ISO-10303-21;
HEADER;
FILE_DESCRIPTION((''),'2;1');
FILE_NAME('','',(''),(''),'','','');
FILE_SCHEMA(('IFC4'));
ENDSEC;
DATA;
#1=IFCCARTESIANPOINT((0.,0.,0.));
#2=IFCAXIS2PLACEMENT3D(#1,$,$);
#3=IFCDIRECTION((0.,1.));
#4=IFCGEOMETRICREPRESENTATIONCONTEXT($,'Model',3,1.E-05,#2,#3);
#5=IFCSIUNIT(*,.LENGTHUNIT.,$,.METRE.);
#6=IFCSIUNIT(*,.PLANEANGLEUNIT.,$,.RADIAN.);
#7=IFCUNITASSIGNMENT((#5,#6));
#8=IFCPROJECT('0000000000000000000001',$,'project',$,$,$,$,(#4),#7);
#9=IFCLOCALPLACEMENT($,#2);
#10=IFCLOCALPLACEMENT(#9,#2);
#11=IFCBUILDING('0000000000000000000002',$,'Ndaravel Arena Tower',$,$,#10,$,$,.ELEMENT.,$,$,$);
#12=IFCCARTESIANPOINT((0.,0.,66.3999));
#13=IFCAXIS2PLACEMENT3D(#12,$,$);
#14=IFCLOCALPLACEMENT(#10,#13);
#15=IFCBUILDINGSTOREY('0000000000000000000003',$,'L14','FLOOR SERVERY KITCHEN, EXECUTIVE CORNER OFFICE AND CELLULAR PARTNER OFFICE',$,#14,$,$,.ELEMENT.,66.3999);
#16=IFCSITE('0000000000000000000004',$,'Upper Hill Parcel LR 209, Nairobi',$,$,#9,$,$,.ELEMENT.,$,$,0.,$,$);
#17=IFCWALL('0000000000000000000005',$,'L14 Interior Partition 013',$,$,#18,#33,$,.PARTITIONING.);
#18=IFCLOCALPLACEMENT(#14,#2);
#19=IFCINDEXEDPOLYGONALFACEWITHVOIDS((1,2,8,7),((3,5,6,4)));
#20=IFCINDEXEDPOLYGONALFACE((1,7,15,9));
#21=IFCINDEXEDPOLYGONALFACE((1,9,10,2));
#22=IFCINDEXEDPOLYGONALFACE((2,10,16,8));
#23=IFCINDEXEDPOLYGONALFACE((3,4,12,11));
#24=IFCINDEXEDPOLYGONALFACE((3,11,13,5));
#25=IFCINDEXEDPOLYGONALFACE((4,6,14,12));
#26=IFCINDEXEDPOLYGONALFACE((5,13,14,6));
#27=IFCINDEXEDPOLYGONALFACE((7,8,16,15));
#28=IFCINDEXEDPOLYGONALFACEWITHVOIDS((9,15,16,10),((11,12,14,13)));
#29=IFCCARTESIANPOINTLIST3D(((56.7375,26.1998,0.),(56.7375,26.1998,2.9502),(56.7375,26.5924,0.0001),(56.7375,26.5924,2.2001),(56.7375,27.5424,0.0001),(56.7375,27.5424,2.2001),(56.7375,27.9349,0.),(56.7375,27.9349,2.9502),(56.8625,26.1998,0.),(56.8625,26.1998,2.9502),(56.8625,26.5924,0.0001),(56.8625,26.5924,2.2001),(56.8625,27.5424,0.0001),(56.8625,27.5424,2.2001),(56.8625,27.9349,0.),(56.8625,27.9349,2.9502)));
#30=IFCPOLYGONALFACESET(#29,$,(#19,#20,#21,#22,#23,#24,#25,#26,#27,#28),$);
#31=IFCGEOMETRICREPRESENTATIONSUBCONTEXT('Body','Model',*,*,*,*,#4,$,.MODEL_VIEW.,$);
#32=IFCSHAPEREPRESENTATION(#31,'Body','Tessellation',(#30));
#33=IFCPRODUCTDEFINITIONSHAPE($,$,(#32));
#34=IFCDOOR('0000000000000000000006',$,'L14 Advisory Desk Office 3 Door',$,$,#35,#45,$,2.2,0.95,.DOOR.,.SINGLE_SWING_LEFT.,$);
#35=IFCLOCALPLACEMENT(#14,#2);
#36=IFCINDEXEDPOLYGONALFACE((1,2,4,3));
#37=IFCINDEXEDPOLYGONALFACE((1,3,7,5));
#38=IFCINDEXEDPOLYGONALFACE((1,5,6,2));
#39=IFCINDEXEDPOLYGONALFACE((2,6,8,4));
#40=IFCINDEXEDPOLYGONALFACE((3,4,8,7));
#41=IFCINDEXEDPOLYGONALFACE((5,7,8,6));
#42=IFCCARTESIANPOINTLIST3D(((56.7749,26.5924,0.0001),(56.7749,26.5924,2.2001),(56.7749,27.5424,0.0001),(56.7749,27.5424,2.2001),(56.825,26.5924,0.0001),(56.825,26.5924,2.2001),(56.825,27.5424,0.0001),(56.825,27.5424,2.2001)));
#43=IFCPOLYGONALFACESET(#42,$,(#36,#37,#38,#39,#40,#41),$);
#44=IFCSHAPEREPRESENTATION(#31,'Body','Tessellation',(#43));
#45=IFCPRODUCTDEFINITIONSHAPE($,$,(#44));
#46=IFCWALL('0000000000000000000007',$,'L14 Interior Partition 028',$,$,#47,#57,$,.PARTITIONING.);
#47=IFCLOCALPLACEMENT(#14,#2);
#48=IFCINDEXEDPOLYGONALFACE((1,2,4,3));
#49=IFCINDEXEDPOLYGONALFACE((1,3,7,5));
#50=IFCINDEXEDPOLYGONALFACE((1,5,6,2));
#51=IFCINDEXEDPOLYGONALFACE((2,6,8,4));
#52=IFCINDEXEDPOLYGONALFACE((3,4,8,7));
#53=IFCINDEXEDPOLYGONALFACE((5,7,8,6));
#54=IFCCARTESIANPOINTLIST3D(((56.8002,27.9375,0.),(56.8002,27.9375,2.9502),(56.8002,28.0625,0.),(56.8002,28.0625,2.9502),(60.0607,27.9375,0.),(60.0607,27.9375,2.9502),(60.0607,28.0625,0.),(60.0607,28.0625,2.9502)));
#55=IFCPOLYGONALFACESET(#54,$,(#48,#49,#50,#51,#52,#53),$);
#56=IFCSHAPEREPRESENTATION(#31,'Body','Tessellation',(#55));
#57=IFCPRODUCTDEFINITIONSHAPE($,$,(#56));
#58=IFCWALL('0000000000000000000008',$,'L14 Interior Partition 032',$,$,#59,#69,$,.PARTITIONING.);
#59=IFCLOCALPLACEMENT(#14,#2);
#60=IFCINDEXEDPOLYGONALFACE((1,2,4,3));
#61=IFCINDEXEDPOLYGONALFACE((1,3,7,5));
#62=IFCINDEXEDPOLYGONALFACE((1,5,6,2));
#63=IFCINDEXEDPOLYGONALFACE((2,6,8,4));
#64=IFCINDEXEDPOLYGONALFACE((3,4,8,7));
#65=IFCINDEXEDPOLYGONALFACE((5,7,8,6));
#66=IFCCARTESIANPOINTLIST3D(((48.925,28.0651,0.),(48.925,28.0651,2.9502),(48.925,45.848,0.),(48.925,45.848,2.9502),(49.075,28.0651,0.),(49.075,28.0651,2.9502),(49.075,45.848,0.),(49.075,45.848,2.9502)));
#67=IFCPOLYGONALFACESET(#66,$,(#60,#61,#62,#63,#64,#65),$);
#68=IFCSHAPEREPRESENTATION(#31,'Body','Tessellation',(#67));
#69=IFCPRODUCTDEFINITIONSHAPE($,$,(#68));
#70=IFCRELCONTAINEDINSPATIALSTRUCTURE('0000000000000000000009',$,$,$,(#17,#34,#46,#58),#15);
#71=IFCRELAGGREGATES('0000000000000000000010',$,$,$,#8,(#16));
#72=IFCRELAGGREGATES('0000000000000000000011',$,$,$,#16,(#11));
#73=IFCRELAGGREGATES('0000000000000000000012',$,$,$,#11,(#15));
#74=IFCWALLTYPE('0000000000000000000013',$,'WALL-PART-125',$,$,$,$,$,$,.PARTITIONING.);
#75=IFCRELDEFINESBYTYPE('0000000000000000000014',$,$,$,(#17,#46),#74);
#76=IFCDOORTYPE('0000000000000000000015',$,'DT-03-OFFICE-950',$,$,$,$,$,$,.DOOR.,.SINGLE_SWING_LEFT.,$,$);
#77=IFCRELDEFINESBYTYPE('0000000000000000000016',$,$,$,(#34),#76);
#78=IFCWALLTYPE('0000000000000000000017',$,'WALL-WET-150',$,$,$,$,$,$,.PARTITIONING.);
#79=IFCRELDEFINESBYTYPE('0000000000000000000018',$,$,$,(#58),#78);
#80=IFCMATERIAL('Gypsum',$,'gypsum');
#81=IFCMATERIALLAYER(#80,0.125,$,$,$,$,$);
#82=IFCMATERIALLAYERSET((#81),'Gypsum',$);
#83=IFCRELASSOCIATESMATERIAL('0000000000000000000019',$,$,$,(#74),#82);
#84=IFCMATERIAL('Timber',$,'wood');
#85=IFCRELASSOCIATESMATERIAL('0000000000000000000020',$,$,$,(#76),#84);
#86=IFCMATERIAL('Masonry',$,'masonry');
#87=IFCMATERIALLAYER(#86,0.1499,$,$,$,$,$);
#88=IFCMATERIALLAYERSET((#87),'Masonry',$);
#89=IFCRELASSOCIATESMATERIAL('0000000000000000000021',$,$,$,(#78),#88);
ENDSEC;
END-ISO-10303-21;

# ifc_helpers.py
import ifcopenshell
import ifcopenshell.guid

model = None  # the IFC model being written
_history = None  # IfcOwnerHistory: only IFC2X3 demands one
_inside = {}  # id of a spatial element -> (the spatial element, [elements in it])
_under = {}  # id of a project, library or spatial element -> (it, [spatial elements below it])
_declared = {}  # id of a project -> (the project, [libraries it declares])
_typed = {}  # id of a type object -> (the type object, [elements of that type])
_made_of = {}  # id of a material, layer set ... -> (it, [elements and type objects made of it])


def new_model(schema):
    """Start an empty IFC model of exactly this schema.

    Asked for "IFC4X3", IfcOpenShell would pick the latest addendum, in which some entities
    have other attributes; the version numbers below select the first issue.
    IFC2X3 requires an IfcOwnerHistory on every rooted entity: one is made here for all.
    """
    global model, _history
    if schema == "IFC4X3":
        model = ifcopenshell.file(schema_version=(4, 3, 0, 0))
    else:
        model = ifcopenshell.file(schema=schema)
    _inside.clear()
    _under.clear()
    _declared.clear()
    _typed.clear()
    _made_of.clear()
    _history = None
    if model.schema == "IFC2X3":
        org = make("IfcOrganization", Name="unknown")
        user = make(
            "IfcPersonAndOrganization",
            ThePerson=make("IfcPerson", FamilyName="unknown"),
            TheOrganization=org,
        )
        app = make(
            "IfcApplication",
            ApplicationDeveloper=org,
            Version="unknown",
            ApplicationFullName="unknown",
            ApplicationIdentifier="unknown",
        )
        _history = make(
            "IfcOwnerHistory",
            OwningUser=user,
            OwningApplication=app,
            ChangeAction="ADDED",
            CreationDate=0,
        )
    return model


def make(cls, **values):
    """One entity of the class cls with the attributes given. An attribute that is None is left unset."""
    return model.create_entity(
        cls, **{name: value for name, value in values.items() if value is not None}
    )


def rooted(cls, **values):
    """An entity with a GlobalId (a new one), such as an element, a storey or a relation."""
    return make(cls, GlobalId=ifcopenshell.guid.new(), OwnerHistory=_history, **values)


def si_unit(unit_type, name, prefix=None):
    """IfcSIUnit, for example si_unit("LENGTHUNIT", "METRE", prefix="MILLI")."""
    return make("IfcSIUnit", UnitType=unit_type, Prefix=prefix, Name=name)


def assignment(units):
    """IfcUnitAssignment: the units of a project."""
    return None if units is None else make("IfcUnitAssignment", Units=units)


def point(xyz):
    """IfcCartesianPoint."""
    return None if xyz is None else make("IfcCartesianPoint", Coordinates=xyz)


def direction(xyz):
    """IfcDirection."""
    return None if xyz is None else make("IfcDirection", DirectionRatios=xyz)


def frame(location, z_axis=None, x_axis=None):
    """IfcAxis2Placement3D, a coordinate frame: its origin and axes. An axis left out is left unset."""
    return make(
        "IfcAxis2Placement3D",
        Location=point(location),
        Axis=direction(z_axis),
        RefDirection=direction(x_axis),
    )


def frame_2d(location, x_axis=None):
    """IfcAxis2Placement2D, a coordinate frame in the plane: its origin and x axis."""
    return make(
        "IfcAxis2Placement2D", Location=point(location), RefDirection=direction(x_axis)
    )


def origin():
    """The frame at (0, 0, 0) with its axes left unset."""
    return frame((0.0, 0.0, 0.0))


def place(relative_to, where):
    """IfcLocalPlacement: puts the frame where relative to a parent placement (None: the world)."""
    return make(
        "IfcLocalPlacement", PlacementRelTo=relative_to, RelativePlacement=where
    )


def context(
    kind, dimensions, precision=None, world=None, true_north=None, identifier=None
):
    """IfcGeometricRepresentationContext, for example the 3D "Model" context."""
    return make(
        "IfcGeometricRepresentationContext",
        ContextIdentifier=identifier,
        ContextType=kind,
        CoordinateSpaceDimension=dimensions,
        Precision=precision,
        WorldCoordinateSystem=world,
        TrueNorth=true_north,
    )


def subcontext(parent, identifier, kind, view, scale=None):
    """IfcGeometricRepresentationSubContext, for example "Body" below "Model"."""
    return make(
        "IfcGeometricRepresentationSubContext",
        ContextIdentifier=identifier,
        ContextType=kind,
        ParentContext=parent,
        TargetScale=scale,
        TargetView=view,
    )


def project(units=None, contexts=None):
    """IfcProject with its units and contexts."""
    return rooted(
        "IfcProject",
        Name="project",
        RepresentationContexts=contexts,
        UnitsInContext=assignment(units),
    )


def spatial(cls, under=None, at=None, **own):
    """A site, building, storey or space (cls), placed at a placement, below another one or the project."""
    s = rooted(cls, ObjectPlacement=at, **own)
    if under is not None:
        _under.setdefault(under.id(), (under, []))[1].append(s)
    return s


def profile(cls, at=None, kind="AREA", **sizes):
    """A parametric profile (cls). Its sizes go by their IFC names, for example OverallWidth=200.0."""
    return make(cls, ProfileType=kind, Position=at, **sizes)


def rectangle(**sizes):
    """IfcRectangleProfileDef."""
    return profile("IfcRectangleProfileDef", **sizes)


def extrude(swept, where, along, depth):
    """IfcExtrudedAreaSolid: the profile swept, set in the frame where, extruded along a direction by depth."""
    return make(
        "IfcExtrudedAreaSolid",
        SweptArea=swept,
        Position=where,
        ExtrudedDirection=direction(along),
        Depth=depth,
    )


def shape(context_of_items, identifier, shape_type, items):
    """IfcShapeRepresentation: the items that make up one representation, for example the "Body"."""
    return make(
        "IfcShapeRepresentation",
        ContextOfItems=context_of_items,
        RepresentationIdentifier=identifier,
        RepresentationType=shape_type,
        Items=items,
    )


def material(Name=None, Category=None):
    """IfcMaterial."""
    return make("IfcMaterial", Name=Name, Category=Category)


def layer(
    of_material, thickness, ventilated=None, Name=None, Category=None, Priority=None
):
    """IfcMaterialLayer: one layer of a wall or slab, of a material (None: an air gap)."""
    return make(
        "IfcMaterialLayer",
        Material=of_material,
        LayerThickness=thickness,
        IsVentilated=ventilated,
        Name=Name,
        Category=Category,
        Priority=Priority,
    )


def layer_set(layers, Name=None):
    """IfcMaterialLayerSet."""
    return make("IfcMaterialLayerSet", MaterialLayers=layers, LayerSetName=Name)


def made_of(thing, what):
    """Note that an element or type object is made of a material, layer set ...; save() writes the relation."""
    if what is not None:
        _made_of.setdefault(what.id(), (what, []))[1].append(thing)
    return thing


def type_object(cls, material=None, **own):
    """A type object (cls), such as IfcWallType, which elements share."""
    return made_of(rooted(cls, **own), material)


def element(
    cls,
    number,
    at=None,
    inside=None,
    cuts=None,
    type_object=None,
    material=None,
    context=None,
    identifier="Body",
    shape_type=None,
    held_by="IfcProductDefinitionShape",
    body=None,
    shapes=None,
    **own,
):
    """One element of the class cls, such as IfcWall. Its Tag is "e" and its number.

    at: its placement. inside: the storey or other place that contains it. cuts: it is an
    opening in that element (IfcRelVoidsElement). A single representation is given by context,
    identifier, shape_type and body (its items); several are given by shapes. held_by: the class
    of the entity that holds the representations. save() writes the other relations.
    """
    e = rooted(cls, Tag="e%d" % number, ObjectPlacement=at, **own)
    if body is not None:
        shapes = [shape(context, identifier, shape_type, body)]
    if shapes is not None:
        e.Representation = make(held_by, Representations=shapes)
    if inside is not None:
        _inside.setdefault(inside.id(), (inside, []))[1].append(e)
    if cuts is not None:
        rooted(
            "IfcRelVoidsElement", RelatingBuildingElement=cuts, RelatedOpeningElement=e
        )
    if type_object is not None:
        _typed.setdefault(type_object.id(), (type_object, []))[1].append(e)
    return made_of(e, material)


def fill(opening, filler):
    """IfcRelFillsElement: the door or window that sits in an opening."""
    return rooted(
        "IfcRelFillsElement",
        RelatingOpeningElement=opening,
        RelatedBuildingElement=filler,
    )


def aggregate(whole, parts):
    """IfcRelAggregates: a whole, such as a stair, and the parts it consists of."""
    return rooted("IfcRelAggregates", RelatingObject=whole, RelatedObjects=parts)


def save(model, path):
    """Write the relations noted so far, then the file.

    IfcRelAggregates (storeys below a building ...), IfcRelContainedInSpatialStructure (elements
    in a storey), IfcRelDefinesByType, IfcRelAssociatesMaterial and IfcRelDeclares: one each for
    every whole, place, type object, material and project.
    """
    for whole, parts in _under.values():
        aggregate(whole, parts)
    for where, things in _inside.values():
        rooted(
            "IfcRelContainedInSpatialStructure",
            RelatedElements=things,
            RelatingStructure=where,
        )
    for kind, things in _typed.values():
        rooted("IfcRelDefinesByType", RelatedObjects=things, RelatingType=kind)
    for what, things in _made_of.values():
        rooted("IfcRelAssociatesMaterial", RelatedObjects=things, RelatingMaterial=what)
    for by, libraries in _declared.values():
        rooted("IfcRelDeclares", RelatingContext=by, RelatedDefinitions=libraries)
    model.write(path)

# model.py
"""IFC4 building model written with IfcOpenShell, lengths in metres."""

from ifc_helpers import new_model, si_unit, direction, frame, frame_2d, origin, place, context, subcontext, project, spatial, rectangle, extrude, material, layer, layer_set, type_object, element, fill, save


model = new_model("IFC4")

# Units and contexts
model_context = context("Model", 3, precision=1e-05, world=origin(), true_north=direction((0.0, 1.0)))
body_context = subcontext(model_context, "Body", "Model", "MODEL_VIEW")
ifc_project = project(units=[si_unit("LENGTHUNIT", "METRE"), si_unit("PLANEANGLEUNIT", "RADIAN")], contexts=[model_context])

# Site, building, storey
site_placement = place(None, origin())
site = spatial("IfcSite", under=ifc_project, at=site_placement, Name="Upper Hill Parcel LR 209, Nairobi", CompositionType="ELEMENT", RefElevation=0.0)
building_placement = place(site_placement, origin())
building = spatial("IfcBuilding", under=site, at=building_placement, Name="Ndaravel Arena Tower", CompositionType="ELEMENT")
storey_placement = place(building_placement, frame((0.0, 0.0, 66.3999)))
storey = spatial("IfcBuildingStorey", under=building, at=storey_placement, Name="L14", Description="FLOOR SERVERY KITCHEN, EXECUTIVE CORNER OFFICE AND CELLULAR PARTNER OFFICE", CompositionType="ELEMENT", Elevation=66.3999)

# Wall, opening, door
ifc_material_1 = material(Name="Gypsum", Category="gypsum")
ifc_layer_1 = layer(ifc_material_1, 0.125)
ifc_layer_set_1 = layer_set([ifc_layer_1], Name="Gypsum")
wall_type_1 = type_object("IfcWallType", Name="WALL-PART-125", PredefinedType="PARTITIONING", material=ifc_layer_set_1)
ifc_material_2 = material(Name="Timber", Category="wood")
door_type = type_object("IfcDoorType", Name="DT-03-OFFICE-950", OperationType="SINGLE_SWING_LEFT", PredefinedType="DOOR", material=ifc_material_2)
wall_1_placement = place(storey_placement, frame((56.8, 27.9351, 0.0), z_axis=(0.0, 0.0, 1.0), x_axis=(0.0, -1.0, 0.0)))
wall_1 = element("IfcWall", 1, at=wall_1_placement, inside=storey, type_object=wall_type_1, Name="L14 Interior Partition 013", PredefinedType="PARTITIONING", context=body_context, shape_type="SweptSolid", body=[
    extrude(rectangle(XDim=1.7351, YDim=0.125, at=frame_2d((0.8677, 0.0))), origin(), (0.0, 0.0, 1.0), 2.9502),
])
opening_1_placement = place(wall_1_placement, frame((0.3926, 0.0, 0.0)))
opening_1 = element("IfcOpeningElement", 2, at=opening_1_placement, cuts=wall_1, PredefinedType="OPENING", context=body_context, shape_type="SweptSolid", body=[
    extrude(rectangle(XDim=0.95, YDim=2.2, at=frame_2d((0.4751, 1.1001))), frame((0.0, 0.0625, 0.0), z_axis=(0.0, -1.0, 0.0), x_axis=(1.0, 0.0, 0.0)), (0.0, 0.0, 1.0), 0.125),
])
door_1_placement = place(opening_1_placement, origin())
door_1 = element("IfcDoor", 3, at=door_1_placement, inside=storey, type_object=door_type, Name="L14 Advisory Desk Office 3 Door", OperationType="SINGLE_SWING_LEFT", OverallHeight=2.2, OverallWidth=0.95, PredefinedType="DOOR", context=body_context, shape_type="SweptSolid", body=[
    extrude(rectangle(XDim=0.95, YDim=2.2, at=frame_2d((0.4751, 1.1001))), frame((0.0, 0.0249, 0.0), z_axis=(0.0, -1.0, 0.0), x_axis=(1.0, 0.0, 0.0)), (0.0, 0.0, 1.0), 0.05),
])
fill(opening_1, door_1)

# Walls
wall_2_placement = place(storey_placement, frame((56.8, 28.0, 0.0), z_axis=(0.0, 0.0, 1.0), x_axis=(1.0, 0.0, 0.0)))
element("IfcWall", 4, at=wall_2_placement, inside=storey, type_object=wall_type_1, Name="L14 Interior Partition 028", PredefinedType="PARTITIONING", context=body_context, shape_type="SweptSolid", body=[
    extrude(rectangle(XDim=3.2605, YDim=0.125, at=frame_2d((1.6304, 0.0))), origin(), (0.0, 0.0, 1.0), 2.9502),
])
ifc_material_3 = material(Name="Masonry", Category="masonry")
ifc_layer_2 = layer(ifc_material_3, 0.1499)
ifc_layer_set_2 = layer_set([ifc_layer_2], Name="Masonry")
wall_type_2 = type_object("IfcWallType", Name="WALL-WET-150", PredefinedType="PARTITIONING", material=ifc_layer_set_2)
wall_3_placement = place(storey_placement, frame((49.0, 28.0649, 0.0), z_axis=(0.0, 0.0, 1.0), x_axis=(0.0, 1.0, 0.0)))
element("IfcWall", 5, at=wall_3_placement, inside=storey, type_object=wall_type_2, Name="L14 Interior Partition 032", PredefinedType="PARTITIONING", context=body_context, shape_type="SweptSolid", body=[
    extrude(rectangle(XDim=17.783, YDim=0.1499, at=frame_2d((8.8916, 0.0))), origin(), (0.0, 0.0, 1.0), 2.9502),
])

save(model, "model.ifc")
